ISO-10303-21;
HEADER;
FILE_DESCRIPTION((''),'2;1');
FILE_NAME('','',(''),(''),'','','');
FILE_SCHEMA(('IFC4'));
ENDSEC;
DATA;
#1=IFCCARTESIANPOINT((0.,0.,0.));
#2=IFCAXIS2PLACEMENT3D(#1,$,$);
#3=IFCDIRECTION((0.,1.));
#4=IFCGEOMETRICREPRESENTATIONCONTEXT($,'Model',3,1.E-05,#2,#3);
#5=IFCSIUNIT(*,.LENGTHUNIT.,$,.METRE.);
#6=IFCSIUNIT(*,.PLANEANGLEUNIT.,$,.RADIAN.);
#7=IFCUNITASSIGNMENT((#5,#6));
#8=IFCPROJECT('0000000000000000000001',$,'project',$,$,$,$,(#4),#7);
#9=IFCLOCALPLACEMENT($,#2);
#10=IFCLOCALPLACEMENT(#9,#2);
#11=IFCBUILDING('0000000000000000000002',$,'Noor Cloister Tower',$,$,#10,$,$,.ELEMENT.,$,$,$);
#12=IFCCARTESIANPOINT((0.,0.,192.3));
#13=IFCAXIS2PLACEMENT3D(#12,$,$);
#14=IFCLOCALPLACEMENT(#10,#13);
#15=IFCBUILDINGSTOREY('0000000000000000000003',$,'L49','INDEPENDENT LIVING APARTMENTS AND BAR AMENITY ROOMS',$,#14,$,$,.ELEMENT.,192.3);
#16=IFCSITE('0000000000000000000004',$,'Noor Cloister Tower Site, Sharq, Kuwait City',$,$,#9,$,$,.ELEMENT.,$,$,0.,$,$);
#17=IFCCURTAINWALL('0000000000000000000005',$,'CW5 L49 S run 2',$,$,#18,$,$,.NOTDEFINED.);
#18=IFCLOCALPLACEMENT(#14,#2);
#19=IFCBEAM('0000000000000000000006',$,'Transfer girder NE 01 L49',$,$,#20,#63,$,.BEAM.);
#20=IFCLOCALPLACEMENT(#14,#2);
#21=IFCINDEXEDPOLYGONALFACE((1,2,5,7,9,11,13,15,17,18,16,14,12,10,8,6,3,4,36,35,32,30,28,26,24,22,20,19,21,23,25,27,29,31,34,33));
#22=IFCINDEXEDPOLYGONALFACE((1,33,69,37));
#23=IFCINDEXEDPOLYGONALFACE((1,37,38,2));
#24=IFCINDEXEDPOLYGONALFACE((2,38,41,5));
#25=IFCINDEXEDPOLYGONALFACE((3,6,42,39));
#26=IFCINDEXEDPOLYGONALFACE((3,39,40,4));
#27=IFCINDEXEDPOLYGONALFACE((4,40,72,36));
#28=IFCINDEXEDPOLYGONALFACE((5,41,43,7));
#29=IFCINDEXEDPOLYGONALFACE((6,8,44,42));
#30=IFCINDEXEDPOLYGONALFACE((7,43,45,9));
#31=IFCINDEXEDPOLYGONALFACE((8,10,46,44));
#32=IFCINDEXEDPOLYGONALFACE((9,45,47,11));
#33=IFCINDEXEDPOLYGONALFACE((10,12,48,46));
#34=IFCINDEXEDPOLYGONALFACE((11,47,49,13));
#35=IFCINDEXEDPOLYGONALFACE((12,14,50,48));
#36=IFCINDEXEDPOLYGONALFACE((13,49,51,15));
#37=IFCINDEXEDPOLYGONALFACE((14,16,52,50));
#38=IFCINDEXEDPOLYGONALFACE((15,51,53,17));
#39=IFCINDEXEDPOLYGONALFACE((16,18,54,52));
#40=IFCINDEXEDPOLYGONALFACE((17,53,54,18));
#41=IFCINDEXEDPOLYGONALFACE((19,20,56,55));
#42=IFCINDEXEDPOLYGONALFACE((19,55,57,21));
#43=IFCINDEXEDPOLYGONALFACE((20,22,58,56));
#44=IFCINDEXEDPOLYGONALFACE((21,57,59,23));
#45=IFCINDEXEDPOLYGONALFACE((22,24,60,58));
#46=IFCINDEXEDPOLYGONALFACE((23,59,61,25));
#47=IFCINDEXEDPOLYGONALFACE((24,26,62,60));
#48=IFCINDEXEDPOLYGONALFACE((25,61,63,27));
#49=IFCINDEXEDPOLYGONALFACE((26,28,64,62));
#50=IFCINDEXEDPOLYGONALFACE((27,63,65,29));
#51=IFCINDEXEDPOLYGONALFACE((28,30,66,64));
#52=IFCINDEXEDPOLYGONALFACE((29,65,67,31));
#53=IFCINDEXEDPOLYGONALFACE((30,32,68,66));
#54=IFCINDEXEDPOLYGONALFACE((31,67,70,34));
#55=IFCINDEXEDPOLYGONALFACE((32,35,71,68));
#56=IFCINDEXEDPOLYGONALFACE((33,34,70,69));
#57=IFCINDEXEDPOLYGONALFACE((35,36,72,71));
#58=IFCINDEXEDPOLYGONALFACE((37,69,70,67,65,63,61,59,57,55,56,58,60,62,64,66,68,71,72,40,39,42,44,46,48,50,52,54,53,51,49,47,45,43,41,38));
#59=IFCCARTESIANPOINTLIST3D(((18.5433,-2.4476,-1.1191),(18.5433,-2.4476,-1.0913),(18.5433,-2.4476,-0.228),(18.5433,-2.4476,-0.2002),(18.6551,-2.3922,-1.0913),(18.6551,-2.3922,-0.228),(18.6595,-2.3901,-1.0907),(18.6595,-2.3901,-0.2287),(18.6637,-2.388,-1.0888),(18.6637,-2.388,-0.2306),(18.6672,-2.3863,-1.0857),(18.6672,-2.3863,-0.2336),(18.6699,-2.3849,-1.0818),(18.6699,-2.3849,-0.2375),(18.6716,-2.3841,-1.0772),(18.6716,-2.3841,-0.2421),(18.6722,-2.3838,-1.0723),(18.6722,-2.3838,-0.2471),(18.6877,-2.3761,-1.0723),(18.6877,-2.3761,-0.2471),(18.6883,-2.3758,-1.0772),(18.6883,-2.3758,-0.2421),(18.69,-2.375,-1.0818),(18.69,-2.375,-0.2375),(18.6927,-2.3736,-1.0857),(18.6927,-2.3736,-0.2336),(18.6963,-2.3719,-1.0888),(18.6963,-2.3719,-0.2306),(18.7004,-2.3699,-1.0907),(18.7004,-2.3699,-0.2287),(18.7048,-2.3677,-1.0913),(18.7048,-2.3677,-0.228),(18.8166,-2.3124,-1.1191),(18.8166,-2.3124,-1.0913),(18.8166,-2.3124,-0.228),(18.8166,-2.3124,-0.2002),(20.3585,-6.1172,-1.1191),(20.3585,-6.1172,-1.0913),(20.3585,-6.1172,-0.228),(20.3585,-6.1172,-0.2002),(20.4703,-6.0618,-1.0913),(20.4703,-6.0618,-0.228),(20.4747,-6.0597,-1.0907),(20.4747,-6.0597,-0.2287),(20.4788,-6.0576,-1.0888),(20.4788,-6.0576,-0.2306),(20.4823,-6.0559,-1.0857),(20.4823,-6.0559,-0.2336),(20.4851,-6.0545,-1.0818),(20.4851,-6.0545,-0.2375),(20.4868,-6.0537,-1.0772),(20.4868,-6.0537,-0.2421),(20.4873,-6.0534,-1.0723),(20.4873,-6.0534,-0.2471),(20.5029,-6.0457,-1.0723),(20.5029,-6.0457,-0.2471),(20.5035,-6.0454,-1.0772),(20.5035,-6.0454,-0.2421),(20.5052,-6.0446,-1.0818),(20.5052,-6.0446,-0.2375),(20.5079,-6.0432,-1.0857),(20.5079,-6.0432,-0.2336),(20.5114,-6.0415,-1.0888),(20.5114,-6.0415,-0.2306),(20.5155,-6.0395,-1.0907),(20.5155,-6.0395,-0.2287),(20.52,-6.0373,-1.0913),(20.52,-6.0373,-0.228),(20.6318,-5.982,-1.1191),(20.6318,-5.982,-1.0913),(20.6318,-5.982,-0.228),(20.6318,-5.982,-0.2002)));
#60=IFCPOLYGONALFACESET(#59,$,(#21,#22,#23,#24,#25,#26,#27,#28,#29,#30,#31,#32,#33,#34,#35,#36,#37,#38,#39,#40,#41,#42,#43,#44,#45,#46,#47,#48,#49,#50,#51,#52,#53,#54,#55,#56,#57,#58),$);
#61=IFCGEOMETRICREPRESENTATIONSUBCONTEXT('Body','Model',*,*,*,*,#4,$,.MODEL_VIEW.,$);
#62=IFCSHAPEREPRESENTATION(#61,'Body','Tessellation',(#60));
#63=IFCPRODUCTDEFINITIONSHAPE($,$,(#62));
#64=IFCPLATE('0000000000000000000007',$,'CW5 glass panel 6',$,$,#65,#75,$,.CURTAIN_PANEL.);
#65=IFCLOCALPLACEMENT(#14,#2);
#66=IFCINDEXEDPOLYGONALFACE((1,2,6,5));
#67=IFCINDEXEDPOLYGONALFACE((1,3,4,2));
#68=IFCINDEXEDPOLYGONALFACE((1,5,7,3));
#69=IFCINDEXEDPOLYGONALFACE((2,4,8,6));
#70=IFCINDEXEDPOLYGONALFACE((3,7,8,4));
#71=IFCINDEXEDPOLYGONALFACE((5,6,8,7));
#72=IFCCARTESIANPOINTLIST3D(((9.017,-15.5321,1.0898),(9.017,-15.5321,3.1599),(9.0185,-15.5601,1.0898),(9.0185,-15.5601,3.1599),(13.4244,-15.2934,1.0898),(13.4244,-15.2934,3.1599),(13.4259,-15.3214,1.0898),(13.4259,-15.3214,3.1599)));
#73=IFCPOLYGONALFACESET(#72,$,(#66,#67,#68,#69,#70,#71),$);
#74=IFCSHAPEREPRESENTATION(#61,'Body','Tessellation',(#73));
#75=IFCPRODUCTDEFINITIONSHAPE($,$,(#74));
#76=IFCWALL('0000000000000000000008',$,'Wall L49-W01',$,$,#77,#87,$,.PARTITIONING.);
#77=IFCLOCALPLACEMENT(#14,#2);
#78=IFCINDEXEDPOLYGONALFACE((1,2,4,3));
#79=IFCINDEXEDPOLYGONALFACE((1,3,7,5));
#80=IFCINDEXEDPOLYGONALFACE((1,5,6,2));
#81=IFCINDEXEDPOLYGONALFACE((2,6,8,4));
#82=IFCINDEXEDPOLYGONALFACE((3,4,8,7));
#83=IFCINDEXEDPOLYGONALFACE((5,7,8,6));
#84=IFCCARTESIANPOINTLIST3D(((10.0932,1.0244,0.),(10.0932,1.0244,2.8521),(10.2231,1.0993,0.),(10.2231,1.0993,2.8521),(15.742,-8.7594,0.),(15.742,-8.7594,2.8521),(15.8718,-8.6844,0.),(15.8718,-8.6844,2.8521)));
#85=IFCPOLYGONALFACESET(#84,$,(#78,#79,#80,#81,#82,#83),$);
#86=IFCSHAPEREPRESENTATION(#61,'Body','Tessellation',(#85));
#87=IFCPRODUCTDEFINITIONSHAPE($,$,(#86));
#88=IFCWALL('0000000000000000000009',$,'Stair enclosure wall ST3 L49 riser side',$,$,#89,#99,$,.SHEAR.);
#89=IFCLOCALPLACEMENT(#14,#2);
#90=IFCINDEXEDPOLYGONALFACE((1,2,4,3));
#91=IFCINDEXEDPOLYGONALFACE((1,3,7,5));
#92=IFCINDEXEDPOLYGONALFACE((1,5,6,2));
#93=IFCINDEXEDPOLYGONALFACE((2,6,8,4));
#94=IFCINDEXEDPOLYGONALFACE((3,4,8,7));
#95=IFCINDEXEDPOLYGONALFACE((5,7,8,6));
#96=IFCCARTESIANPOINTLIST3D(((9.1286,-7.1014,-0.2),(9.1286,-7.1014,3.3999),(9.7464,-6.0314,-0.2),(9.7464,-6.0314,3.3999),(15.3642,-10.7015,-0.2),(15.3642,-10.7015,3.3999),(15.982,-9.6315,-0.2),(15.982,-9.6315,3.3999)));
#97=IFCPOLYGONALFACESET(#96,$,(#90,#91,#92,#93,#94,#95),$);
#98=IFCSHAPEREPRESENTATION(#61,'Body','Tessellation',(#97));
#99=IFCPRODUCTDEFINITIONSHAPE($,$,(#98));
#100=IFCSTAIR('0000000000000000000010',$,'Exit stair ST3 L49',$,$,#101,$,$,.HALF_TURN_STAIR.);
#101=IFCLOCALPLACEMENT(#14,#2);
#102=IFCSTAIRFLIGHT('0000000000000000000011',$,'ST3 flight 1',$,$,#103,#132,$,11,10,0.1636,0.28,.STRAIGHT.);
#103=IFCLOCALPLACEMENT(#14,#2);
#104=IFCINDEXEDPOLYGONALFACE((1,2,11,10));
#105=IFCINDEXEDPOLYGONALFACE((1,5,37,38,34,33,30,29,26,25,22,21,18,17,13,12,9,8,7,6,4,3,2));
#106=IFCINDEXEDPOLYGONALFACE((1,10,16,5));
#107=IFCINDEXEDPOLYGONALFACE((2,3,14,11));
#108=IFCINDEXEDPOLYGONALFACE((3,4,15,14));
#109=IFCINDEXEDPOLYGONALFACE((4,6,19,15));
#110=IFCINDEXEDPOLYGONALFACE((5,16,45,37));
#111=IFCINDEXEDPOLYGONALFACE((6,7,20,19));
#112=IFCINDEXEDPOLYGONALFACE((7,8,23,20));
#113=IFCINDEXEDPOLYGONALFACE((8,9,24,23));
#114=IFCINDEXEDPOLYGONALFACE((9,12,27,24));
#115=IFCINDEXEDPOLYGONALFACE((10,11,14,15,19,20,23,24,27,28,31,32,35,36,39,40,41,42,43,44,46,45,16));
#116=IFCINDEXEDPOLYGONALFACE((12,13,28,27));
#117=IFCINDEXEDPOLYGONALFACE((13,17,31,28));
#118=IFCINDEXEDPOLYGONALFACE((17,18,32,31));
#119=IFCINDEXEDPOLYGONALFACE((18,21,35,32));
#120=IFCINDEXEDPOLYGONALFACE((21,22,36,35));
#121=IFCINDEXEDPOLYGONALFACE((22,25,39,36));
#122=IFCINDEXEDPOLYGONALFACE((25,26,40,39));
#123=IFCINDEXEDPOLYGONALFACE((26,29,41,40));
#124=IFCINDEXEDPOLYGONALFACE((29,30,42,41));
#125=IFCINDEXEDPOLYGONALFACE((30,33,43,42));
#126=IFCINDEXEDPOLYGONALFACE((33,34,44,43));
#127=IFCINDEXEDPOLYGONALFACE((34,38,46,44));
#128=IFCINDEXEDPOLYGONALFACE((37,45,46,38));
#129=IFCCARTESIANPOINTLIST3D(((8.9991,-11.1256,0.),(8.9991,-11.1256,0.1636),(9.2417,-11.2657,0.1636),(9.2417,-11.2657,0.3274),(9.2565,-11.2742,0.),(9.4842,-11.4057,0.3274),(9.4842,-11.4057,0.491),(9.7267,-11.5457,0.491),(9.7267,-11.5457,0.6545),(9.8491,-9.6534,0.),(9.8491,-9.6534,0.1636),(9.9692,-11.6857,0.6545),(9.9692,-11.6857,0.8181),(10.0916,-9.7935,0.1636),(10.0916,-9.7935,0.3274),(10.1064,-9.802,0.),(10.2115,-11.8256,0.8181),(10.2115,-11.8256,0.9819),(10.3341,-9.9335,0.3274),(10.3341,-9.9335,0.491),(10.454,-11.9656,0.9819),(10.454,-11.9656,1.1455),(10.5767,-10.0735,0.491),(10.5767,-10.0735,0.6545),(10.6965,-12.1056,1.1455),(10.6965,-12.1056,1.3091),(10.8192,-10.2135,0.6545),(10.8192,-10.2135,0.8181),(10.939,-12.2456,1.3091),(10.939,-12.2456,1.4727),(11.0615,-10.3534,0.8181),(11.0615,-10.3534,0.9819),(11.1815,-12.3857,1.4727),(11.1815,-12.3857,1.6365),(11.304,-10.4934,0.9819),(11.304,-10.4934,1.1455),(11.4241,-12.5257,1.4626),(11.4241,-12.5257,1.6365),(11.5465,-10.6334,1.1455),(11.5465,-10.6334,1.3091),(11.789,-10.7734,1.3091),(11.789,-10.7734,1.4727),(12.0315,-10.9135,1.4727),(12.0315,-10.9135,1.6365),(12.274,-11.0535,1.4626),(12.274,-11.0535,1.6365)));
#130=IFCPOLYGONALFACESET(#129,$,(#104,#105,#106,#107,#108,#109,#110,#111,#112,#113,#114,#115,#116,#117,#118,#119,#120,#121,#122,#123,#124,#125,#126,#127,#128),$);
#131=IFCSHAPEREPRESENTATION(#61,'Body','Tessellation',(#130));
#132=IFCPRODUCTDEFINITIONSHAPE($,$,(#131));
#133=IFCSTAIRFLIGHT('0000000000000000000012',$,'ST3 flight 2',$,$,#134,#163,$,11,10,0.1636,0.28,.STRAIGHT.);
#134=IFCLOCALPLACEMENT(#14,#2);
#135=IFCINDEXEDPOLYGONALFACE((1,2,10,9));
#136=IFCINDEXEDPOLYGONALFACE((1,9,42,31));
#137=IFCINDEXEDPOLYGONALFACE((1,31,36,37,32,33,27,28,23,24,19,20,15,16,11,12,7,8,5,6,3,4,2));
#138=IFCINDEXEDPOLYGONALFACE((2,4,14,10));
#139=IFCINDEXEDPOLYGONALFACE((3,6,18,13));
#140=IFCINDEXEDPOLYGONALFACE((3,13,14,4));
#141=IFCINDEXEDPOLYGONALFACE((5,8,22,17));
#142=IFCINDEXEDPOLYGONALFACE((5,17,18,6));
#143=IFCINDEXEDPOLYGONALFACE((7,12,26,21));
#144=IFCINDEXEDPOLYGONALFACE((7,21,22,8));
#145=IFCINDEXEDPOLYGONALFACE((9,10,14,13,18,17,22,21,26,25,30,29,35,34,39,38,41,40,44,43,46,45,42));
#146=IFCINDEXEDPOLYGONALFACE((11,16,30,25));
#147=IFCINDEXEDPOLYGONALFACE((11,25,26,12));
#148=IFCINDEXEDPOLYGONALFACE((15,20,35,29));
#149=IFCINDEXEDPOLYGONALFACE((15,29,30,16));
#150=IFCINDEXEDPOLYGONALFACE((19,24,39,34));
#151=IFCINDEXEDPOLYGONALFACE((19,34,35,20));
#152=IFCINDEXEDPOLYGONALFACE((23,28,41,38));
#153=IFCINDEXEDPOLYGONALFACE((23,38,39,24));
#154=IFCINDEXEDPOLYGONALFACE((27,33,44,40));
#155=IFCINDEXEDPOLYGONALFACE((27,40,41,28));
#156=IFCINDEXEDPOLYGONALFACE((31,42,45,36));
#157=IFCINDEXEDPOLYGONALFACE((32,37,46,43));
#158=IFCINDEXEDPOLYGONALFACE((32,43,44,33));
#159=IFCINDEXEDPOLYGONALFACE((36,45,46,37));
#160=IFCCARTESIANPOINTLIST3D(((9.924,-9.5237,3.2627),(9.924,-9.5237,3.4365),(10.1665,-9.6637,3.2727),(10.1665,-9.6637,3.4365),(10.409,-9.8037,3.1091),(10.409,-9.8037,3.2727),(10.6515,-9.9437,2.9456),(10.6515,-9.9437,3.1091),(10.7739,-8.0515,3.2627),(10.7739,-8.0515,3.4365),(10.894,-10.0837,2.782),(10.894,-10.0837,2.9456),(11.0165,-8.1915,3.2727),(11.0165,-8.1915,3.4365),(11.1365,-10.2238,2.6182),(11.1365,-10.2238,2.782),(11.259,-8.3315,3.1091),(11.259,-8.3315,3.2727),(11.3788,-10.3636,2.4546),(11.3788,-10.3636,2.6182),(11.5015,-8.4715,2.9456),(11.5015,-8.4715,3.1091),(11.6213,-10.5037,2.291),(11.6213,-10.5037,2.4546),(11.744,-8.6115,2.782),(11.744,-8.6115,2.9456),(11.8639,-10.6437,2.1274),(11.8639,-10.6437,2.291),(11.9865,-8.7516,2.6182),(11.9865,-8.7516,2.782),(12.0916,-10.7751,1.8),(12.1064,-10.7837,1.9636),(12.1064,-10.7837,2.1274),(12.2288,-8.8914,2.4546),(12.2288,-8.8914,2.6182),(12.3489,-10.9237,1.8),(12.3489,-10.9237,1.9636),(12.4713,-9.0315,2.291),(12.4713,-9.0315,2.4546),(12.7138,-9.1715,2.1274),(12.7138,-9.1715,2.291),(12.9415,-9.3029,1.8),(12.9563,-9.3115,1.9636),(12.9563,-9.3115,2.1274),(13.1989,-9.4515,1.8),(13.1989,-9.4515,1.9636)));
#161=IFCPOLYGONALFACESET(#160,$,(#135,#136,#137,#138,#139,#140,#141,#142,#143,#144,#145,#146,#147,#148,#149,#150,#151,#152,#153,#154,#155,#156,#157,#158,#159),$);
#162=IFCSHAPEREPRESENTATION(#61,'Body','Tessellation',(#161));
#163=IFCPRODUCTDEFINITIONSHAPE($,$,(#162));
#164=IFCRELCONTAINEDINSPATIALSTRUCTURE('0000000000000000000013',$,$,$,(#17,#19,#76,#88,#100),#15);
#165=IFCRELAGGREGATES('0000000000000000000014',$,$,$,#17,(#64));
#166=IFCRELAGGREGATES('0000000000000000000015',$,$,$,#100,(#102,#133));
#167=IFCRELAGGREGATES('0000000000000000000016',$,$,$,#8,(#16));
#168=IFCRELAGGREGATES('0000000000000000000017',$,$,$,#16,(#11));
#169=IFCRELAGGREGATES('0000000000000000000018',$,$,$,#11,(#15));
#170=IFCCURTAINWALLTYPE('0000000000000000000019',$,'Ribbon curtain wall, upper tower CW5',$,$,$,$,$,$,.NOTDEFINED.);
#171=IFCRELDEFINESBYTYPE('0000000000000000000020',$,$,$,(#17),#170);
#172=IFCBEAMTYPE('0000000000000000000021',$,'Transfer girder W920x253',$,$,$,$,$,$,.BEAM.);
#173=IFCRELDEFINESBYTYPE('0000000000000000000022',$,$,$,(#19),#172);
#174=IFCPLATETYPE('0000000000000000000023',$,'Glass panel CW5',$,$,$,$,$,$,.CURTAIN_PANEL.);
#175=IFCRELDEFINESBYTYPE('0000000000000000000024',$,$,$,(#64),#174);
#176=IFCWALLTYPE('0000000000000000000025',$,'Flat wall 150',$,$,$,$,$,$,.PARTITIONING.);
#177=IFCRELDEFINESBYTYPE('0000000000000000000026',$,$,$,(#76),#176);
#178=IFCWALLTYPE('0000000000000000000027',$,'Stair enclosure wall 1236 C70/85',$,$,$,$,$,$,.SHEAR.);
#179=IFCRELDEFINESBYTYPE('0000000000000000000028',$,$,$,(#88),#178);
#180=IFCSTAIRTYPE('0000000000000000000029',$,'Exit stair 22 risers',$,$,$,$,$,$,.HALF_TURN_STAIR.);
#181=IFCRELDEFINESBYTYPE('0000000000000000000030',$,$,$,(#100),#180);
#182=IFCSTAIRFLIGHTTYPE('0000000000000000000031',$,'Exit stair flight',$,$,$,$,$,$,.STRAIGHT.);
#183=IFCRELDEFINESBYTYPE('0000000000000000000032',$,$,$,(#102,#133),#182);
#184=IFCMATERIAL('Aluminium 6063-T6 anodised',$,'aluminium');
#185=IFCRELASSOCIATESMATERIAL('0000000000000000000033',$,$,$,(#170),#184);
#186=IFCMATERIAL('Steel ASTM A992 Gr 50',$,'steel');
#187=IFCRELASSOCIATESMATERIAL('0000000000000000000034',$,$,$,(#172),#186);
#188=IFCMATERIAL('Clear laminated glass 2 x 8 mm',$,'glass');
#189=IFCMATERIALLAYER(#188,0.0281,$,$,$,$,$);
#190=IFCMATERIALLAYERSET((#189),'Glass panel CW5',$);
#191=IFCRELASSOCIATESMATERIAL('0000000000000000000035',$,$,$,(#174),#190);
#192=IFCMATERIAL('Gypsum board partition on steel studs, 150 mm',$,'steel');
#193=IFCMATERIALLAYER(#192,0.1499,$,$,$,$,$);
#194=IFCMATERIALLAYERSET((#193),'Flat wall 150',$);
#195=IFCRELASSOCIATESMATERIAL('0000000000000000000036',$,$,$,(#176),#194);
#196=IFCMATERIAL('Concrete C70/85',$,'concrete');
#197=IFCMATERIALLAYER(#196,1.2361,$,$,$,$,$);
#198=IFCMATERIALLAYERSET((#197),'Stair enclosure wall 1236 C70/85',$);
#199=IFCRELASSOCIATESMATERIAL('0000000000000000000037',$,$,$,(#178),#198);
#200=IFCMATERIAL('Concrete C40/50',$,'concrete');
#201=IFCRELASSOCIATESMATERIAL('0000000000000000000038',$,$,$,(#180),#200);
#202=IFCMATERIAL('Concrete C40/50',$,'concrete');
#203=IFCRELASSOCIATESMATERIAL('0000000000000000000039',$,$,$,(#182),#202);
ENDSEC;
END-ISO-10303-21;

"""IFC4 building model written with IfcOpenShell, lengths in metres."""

from ifc_helpers import new_model, si_unit, direction, frame, frame_2d, origin, origin_2d, place, context, subcontext, project, spatial, polyline, rectangle, i_section, outline, extrude, material, layer, layer_set, material_profile, profile_set, type_object, element, aggregate, save


model = new_model("IFC4")

# Units and contexts
model_context = context("Model", 3, precision=1e-05, world=origin(), true_north=direction((0.0, 1.0)))
body_context = subcontext(model_context, "Body", "Model", "MODEL_VIEW")
ifc_project = project(units=[si_unit("LENGTHUNIT", "METRE"), si_unit("PLANEANGLEUNIT", "RADIAN")], contexts=[model_context])

# Site, building, storey
site_placement = place(None, origin())
site = spatial("IfcSite", under=ifc_project, at=site_placement, Name="Noor Cloister Tower Site, Sharq, Kuwait City", CompositionType="ELEMENT", RefElevation=0.0)
building_placement = place(site_placement, origin())
building = spatial("IfcBuilding", under=site, at=building_placement, Name="Noor Cloister Tower", CompositionType="ELEMENT")
storey_placement = place(building_placement, frame((0.0, 0.0, 192.3)))
storey = spatial("IfcBuildingStorey", under=building, at=storey_placement, Name="L49", Description="INDEPENDENT LIVING APARTMENTS AND BAR AMENITY ROOMS", CompositionType="ELEMENT", Elevation=192.3)

# Curtain wall
ifc_material_1 = material(Name="Aluminium 6063-T6 anodised", Category="aluminium")
curtain_wall_type = type_object("IfcCurtainWallType", Name="Ribbon curtain wall, upper tower CW5", PredefinedType="NOTDEFINED", material=ifc_material_1)
curtain_wall_placement = place(storey_placement, origin())
curtain_wall = element("IfcCurtainWall", 1, at=curtain_wall_placement, inside=storey, type_object=curtain_wall_type, Name="CW5 L49 S run 2", PredefinedType="NOTDEFINED")

# Beam
ifc_material_2 = material(Name="Steel ASTM A992 Gr 50", Category="steel")
ifc_material_profile_1 = material_profile(ifc_material_2, i_section(OverallWidth=0.3049, OverallDepth=0.9189, WebThickness=0.0173, FlangeThickness=0.0278, FilletRadius=0.019, at=origin_2d()), Name="W920x253")
ifc_profile_set_1 = profile_set([ifc_material_profile_1], Name="Steel ASTM A992 Gr 50")
beam_type_1 = type_object("IfcBeamType", Name="Transfer girder W920x253", PredefinedType="BEAM", material=ifc_profile_set_1)
beam_1_placement = place(storey_placement, frame((20.4951, -6.0496, -0.6597), z_axis=(-0.443369, 0.896339, 0.0), x_axis=(-0.896339, -0.443369, 0.0)))
element("IfcBeam", 2, at=beam_1_placement, inside=storey, type_object=beam_type_1, Name="Transfer girder NE 01 L49", PredefinedType="BEAM", context=body_context, shape_type="SweptSolid", body=[
    extrude(i_section(OverallWidth=0.3049, OverallDepth=0.9189, WebThickness=0.0173, FlangeThickness=0.0278, FilletRadius=0.019, at=origin_2d()), origin(), (0.0, 0.0, 1.0), 4.094),
])

# Plate
ifc_material_3 = material(Name="Clear laminated glass 2 x 8 mm", Category="glass")
ifc_layer_1 = layer(ifc_material_3, 0.0281)
ifc_layer_set_1 = layer_set([ifc_layer_1], Name="Glass panel CW5")
plate_type = type_object("IfcPlateType", Name="Glass panel CW5", PredefinedType="CURTAIN_PANEL", material=ifc_layer_set_1)
plate_placement = place(storey_placement, frame((11.2214, -15.4268, 1.0898), z_axis=(0.0, 0.0, 1.0), x_axis=(0.998537, 0.054074, 0.0)))
plate = element("IfcPlate", 3, at=plate_placement, type_object=plate_type, Name="CW5 glass panel 6", PredefinedType="CURTAIN_PANEL", context=body_context, shape_type="SweptSolid", body=[
    extrude(rectangle(XDim=4.4138, YDim=0.0281, at=origin_2d()), origin(), (0.0, 0.0, 1.0), 2.0701),
])
aggregate(curtain_wall, [plate])

# Walls
ifc_material_4 = material(Name="Gypsum board partition on steel studs, 150 mm", Category="steel")
ifc_layer_2 = layer(ifc_material_4, 0.1499)
ifc_layer_set_2 = layer_set([ifc_layer_2], Name="Flat wall 150")
wall_type_1 = type_object("IfcWallType", Name="Flat wall 150", PredefinedType="PARTITIONING", material=ifc_layer_set_2)
wall_1_placement = place(storey_placement, frame((15.8069, -8.7219, 0.0), z_axis=(0.0, 0.0, 1.0), x_axis=(-0.500004, 0.866023, 0.0)))
element("IfcWall", 4, at=wall_1_placement, inside=storey, type_object=wall_type_1, Name="Wall L49-W01", PredefinedType="PARTITIONING", context=body_context, shape_type="SweptSolid", body=[
    extrude(rectangle(XDim=11.2974, YDim=0.1499, at=frame_2d((5.6487, 0.0))), origin(), (0.0, 0.0, 1.0), 2.8521),
])
ifc_material_5 = material(Name="Concrete C70/85", Category="concrete")
ifc_layer_3 = layer(ifc_material_5, 1.2361)
ifc_layer_set_3 = layer_set([ifc_layer_3], Name="Stair enclosure wall 1236 C70/85")
wall_type_2 = type_object("IfcWallType", Name="Stair enclosure wall 1236 C70/85", PredefinedType="SHEAR", material=ifc_layer_set_3)
wall_2_placement = place(storey_placement, frame((9.4375, -6.5664, -0.2), z_axis=(0.0, 0.0, 1.0), x_axis=(0.866027, -0.499997, 0.0)))
element("IfcWall", 5, at=wall_2_placement, inside=storey, type_object=wall_type_2, Name="Stair enclosure wall ST3 L49 riser side", PredefinedType="SHEAR", context=body_context, shape_type="SweptSolid", body=[
    extrude(rectangle(XDim=7.2002, YDim=1.2356, at=frame_2d((3.6001, 0.0))), origin(), (0.0, 0.0, 1.0), 3.5999),
])

# Stair, stair flights
ifc_material_6 = material(Name="Concrete C40/50", Category="concrete")
stair_type = type_object("IfcStairType", Name="Exit stair 22 risers", PredefinedType="HALF_TURN_STAIR", material=ifc_material_6)
stair_placement = place(storey_placement, origin())
stair = element("IfcStair", 6, at=stair_placement, inside=storey, type_object=stair_type, Name="Exit stair ST3 L49", PredefinedType="HALF_TURN_STAIR")
ifc_material_7 = material(Name="Concrete C40/50", Category="concrete")
stair_flight_type = type_object("IfcStairFlightType", Name="Exit stair flight", PredefinedType="STRAIGHT", material=ifc_material_7)
stair_flight_1_placement = place(storey_placement, frame((9.4241, -10.3896, 0.0), z_axis=(0.0, 0.0, 1.0), x_axis=(0.866025, -0.5, 0.0)))
stair_flight_1 = element("IfcStairFlight", 7, at=stair_flight_1_placement, type_object=stair_flight_type, Name="ST3 flight 1", NumberOfRisers=11, NumberOfTreads=10, PredefinedType="STRAIGHT", RiserHeight=0.1636, TreadLength=0.28, context=body_context, shape_type="SweptSolid", body=[
    extrude(outline(polyline([(0.0, 0.0), (0.0, 0.1636), (0.28, 0.1636), (0.28, 0.3274), (0.5601, 0.3274), (0.5601, 0.491), (0.8401, 0.491), (0.8401, 0.6545), (1.1201, 0.6545), (1.1201, 0.8181), (1.3999, 0.8181), (1.3999, 0.9819), (1.6799, 0.9819), (1.6799, 1.1455), (1.96, 1.1455), (1.96, 1.3091), (2.24, 1.3091), (2.24, 1.4727), (2.52, 1.4727), (2.52, 1.6365), (2.8, 1.6365), (2.8, 1.8), (2.8, 1.4626), (0.2971, 0.0), (0.0, 0.0)])), frame((0.0, 0.8501, 0.0), z_axis=(0.0, -1.0, 0.0), x_axis=(1.0, 0.0, 0.0)), (0.0, 0.0, 1.0), 1.7),
])
stair_flight_2_placement = place(storey_placement, frame((12.7739, -10.1875, 1.8), z_axis=(0.0, 0.0, 1.0), x_axis=(-0.866025, 0.5, 0.0)))
stair_flight_2 = element("IfcStairFlight", 8, at=stair_flight_2_placement, type_object=stair_flight_type, Name="ST3 flight 2", NumberOfRisers=11, NumberOfTreads=10, PredefinedType="STRAIGHT", RiserHeight=0.1636, TreadLength=0.28, context=body_context, shape_type="SweptSolid", body=[
    extrude(outline(polyline([(0.0, 0.0), (0.0, 0.1636), (0.28, 0.1636), (0.28, 0.3274), (0.5601, 0.3274), (0.5601, 0.491), (0.8401, 0.491), (0.8401, 0.6545), (1.1201, 0.6545), (1.1201, 0.8181), (1.3999, 0.8181), (1.3999, 0.9819), (1.6799, 0.9819), (1.6799, 1.1455), (1.96, 1.1455), (1.96, 1.3091), (2.24, 1.3091), (2.24, 1.4727), (2.52, 1.4727), (2.52, 1.6365), (2.8, 1.6365), (2.8, 1.8), (2.8, 1.4626), (0.2971, 0.0), (0.0, 0.0)])), frame((0.0, 0.8501, 0.0), z_axis=(0.0, -1.0, 0.0), x_axis=(1.0, 0.0, 0.0)), (0.0, 0.0, 1.0), 1.7),
])
aggregate(stair, [stair_flight_1, stair_flight_2])

save(model, "model.ifc")
